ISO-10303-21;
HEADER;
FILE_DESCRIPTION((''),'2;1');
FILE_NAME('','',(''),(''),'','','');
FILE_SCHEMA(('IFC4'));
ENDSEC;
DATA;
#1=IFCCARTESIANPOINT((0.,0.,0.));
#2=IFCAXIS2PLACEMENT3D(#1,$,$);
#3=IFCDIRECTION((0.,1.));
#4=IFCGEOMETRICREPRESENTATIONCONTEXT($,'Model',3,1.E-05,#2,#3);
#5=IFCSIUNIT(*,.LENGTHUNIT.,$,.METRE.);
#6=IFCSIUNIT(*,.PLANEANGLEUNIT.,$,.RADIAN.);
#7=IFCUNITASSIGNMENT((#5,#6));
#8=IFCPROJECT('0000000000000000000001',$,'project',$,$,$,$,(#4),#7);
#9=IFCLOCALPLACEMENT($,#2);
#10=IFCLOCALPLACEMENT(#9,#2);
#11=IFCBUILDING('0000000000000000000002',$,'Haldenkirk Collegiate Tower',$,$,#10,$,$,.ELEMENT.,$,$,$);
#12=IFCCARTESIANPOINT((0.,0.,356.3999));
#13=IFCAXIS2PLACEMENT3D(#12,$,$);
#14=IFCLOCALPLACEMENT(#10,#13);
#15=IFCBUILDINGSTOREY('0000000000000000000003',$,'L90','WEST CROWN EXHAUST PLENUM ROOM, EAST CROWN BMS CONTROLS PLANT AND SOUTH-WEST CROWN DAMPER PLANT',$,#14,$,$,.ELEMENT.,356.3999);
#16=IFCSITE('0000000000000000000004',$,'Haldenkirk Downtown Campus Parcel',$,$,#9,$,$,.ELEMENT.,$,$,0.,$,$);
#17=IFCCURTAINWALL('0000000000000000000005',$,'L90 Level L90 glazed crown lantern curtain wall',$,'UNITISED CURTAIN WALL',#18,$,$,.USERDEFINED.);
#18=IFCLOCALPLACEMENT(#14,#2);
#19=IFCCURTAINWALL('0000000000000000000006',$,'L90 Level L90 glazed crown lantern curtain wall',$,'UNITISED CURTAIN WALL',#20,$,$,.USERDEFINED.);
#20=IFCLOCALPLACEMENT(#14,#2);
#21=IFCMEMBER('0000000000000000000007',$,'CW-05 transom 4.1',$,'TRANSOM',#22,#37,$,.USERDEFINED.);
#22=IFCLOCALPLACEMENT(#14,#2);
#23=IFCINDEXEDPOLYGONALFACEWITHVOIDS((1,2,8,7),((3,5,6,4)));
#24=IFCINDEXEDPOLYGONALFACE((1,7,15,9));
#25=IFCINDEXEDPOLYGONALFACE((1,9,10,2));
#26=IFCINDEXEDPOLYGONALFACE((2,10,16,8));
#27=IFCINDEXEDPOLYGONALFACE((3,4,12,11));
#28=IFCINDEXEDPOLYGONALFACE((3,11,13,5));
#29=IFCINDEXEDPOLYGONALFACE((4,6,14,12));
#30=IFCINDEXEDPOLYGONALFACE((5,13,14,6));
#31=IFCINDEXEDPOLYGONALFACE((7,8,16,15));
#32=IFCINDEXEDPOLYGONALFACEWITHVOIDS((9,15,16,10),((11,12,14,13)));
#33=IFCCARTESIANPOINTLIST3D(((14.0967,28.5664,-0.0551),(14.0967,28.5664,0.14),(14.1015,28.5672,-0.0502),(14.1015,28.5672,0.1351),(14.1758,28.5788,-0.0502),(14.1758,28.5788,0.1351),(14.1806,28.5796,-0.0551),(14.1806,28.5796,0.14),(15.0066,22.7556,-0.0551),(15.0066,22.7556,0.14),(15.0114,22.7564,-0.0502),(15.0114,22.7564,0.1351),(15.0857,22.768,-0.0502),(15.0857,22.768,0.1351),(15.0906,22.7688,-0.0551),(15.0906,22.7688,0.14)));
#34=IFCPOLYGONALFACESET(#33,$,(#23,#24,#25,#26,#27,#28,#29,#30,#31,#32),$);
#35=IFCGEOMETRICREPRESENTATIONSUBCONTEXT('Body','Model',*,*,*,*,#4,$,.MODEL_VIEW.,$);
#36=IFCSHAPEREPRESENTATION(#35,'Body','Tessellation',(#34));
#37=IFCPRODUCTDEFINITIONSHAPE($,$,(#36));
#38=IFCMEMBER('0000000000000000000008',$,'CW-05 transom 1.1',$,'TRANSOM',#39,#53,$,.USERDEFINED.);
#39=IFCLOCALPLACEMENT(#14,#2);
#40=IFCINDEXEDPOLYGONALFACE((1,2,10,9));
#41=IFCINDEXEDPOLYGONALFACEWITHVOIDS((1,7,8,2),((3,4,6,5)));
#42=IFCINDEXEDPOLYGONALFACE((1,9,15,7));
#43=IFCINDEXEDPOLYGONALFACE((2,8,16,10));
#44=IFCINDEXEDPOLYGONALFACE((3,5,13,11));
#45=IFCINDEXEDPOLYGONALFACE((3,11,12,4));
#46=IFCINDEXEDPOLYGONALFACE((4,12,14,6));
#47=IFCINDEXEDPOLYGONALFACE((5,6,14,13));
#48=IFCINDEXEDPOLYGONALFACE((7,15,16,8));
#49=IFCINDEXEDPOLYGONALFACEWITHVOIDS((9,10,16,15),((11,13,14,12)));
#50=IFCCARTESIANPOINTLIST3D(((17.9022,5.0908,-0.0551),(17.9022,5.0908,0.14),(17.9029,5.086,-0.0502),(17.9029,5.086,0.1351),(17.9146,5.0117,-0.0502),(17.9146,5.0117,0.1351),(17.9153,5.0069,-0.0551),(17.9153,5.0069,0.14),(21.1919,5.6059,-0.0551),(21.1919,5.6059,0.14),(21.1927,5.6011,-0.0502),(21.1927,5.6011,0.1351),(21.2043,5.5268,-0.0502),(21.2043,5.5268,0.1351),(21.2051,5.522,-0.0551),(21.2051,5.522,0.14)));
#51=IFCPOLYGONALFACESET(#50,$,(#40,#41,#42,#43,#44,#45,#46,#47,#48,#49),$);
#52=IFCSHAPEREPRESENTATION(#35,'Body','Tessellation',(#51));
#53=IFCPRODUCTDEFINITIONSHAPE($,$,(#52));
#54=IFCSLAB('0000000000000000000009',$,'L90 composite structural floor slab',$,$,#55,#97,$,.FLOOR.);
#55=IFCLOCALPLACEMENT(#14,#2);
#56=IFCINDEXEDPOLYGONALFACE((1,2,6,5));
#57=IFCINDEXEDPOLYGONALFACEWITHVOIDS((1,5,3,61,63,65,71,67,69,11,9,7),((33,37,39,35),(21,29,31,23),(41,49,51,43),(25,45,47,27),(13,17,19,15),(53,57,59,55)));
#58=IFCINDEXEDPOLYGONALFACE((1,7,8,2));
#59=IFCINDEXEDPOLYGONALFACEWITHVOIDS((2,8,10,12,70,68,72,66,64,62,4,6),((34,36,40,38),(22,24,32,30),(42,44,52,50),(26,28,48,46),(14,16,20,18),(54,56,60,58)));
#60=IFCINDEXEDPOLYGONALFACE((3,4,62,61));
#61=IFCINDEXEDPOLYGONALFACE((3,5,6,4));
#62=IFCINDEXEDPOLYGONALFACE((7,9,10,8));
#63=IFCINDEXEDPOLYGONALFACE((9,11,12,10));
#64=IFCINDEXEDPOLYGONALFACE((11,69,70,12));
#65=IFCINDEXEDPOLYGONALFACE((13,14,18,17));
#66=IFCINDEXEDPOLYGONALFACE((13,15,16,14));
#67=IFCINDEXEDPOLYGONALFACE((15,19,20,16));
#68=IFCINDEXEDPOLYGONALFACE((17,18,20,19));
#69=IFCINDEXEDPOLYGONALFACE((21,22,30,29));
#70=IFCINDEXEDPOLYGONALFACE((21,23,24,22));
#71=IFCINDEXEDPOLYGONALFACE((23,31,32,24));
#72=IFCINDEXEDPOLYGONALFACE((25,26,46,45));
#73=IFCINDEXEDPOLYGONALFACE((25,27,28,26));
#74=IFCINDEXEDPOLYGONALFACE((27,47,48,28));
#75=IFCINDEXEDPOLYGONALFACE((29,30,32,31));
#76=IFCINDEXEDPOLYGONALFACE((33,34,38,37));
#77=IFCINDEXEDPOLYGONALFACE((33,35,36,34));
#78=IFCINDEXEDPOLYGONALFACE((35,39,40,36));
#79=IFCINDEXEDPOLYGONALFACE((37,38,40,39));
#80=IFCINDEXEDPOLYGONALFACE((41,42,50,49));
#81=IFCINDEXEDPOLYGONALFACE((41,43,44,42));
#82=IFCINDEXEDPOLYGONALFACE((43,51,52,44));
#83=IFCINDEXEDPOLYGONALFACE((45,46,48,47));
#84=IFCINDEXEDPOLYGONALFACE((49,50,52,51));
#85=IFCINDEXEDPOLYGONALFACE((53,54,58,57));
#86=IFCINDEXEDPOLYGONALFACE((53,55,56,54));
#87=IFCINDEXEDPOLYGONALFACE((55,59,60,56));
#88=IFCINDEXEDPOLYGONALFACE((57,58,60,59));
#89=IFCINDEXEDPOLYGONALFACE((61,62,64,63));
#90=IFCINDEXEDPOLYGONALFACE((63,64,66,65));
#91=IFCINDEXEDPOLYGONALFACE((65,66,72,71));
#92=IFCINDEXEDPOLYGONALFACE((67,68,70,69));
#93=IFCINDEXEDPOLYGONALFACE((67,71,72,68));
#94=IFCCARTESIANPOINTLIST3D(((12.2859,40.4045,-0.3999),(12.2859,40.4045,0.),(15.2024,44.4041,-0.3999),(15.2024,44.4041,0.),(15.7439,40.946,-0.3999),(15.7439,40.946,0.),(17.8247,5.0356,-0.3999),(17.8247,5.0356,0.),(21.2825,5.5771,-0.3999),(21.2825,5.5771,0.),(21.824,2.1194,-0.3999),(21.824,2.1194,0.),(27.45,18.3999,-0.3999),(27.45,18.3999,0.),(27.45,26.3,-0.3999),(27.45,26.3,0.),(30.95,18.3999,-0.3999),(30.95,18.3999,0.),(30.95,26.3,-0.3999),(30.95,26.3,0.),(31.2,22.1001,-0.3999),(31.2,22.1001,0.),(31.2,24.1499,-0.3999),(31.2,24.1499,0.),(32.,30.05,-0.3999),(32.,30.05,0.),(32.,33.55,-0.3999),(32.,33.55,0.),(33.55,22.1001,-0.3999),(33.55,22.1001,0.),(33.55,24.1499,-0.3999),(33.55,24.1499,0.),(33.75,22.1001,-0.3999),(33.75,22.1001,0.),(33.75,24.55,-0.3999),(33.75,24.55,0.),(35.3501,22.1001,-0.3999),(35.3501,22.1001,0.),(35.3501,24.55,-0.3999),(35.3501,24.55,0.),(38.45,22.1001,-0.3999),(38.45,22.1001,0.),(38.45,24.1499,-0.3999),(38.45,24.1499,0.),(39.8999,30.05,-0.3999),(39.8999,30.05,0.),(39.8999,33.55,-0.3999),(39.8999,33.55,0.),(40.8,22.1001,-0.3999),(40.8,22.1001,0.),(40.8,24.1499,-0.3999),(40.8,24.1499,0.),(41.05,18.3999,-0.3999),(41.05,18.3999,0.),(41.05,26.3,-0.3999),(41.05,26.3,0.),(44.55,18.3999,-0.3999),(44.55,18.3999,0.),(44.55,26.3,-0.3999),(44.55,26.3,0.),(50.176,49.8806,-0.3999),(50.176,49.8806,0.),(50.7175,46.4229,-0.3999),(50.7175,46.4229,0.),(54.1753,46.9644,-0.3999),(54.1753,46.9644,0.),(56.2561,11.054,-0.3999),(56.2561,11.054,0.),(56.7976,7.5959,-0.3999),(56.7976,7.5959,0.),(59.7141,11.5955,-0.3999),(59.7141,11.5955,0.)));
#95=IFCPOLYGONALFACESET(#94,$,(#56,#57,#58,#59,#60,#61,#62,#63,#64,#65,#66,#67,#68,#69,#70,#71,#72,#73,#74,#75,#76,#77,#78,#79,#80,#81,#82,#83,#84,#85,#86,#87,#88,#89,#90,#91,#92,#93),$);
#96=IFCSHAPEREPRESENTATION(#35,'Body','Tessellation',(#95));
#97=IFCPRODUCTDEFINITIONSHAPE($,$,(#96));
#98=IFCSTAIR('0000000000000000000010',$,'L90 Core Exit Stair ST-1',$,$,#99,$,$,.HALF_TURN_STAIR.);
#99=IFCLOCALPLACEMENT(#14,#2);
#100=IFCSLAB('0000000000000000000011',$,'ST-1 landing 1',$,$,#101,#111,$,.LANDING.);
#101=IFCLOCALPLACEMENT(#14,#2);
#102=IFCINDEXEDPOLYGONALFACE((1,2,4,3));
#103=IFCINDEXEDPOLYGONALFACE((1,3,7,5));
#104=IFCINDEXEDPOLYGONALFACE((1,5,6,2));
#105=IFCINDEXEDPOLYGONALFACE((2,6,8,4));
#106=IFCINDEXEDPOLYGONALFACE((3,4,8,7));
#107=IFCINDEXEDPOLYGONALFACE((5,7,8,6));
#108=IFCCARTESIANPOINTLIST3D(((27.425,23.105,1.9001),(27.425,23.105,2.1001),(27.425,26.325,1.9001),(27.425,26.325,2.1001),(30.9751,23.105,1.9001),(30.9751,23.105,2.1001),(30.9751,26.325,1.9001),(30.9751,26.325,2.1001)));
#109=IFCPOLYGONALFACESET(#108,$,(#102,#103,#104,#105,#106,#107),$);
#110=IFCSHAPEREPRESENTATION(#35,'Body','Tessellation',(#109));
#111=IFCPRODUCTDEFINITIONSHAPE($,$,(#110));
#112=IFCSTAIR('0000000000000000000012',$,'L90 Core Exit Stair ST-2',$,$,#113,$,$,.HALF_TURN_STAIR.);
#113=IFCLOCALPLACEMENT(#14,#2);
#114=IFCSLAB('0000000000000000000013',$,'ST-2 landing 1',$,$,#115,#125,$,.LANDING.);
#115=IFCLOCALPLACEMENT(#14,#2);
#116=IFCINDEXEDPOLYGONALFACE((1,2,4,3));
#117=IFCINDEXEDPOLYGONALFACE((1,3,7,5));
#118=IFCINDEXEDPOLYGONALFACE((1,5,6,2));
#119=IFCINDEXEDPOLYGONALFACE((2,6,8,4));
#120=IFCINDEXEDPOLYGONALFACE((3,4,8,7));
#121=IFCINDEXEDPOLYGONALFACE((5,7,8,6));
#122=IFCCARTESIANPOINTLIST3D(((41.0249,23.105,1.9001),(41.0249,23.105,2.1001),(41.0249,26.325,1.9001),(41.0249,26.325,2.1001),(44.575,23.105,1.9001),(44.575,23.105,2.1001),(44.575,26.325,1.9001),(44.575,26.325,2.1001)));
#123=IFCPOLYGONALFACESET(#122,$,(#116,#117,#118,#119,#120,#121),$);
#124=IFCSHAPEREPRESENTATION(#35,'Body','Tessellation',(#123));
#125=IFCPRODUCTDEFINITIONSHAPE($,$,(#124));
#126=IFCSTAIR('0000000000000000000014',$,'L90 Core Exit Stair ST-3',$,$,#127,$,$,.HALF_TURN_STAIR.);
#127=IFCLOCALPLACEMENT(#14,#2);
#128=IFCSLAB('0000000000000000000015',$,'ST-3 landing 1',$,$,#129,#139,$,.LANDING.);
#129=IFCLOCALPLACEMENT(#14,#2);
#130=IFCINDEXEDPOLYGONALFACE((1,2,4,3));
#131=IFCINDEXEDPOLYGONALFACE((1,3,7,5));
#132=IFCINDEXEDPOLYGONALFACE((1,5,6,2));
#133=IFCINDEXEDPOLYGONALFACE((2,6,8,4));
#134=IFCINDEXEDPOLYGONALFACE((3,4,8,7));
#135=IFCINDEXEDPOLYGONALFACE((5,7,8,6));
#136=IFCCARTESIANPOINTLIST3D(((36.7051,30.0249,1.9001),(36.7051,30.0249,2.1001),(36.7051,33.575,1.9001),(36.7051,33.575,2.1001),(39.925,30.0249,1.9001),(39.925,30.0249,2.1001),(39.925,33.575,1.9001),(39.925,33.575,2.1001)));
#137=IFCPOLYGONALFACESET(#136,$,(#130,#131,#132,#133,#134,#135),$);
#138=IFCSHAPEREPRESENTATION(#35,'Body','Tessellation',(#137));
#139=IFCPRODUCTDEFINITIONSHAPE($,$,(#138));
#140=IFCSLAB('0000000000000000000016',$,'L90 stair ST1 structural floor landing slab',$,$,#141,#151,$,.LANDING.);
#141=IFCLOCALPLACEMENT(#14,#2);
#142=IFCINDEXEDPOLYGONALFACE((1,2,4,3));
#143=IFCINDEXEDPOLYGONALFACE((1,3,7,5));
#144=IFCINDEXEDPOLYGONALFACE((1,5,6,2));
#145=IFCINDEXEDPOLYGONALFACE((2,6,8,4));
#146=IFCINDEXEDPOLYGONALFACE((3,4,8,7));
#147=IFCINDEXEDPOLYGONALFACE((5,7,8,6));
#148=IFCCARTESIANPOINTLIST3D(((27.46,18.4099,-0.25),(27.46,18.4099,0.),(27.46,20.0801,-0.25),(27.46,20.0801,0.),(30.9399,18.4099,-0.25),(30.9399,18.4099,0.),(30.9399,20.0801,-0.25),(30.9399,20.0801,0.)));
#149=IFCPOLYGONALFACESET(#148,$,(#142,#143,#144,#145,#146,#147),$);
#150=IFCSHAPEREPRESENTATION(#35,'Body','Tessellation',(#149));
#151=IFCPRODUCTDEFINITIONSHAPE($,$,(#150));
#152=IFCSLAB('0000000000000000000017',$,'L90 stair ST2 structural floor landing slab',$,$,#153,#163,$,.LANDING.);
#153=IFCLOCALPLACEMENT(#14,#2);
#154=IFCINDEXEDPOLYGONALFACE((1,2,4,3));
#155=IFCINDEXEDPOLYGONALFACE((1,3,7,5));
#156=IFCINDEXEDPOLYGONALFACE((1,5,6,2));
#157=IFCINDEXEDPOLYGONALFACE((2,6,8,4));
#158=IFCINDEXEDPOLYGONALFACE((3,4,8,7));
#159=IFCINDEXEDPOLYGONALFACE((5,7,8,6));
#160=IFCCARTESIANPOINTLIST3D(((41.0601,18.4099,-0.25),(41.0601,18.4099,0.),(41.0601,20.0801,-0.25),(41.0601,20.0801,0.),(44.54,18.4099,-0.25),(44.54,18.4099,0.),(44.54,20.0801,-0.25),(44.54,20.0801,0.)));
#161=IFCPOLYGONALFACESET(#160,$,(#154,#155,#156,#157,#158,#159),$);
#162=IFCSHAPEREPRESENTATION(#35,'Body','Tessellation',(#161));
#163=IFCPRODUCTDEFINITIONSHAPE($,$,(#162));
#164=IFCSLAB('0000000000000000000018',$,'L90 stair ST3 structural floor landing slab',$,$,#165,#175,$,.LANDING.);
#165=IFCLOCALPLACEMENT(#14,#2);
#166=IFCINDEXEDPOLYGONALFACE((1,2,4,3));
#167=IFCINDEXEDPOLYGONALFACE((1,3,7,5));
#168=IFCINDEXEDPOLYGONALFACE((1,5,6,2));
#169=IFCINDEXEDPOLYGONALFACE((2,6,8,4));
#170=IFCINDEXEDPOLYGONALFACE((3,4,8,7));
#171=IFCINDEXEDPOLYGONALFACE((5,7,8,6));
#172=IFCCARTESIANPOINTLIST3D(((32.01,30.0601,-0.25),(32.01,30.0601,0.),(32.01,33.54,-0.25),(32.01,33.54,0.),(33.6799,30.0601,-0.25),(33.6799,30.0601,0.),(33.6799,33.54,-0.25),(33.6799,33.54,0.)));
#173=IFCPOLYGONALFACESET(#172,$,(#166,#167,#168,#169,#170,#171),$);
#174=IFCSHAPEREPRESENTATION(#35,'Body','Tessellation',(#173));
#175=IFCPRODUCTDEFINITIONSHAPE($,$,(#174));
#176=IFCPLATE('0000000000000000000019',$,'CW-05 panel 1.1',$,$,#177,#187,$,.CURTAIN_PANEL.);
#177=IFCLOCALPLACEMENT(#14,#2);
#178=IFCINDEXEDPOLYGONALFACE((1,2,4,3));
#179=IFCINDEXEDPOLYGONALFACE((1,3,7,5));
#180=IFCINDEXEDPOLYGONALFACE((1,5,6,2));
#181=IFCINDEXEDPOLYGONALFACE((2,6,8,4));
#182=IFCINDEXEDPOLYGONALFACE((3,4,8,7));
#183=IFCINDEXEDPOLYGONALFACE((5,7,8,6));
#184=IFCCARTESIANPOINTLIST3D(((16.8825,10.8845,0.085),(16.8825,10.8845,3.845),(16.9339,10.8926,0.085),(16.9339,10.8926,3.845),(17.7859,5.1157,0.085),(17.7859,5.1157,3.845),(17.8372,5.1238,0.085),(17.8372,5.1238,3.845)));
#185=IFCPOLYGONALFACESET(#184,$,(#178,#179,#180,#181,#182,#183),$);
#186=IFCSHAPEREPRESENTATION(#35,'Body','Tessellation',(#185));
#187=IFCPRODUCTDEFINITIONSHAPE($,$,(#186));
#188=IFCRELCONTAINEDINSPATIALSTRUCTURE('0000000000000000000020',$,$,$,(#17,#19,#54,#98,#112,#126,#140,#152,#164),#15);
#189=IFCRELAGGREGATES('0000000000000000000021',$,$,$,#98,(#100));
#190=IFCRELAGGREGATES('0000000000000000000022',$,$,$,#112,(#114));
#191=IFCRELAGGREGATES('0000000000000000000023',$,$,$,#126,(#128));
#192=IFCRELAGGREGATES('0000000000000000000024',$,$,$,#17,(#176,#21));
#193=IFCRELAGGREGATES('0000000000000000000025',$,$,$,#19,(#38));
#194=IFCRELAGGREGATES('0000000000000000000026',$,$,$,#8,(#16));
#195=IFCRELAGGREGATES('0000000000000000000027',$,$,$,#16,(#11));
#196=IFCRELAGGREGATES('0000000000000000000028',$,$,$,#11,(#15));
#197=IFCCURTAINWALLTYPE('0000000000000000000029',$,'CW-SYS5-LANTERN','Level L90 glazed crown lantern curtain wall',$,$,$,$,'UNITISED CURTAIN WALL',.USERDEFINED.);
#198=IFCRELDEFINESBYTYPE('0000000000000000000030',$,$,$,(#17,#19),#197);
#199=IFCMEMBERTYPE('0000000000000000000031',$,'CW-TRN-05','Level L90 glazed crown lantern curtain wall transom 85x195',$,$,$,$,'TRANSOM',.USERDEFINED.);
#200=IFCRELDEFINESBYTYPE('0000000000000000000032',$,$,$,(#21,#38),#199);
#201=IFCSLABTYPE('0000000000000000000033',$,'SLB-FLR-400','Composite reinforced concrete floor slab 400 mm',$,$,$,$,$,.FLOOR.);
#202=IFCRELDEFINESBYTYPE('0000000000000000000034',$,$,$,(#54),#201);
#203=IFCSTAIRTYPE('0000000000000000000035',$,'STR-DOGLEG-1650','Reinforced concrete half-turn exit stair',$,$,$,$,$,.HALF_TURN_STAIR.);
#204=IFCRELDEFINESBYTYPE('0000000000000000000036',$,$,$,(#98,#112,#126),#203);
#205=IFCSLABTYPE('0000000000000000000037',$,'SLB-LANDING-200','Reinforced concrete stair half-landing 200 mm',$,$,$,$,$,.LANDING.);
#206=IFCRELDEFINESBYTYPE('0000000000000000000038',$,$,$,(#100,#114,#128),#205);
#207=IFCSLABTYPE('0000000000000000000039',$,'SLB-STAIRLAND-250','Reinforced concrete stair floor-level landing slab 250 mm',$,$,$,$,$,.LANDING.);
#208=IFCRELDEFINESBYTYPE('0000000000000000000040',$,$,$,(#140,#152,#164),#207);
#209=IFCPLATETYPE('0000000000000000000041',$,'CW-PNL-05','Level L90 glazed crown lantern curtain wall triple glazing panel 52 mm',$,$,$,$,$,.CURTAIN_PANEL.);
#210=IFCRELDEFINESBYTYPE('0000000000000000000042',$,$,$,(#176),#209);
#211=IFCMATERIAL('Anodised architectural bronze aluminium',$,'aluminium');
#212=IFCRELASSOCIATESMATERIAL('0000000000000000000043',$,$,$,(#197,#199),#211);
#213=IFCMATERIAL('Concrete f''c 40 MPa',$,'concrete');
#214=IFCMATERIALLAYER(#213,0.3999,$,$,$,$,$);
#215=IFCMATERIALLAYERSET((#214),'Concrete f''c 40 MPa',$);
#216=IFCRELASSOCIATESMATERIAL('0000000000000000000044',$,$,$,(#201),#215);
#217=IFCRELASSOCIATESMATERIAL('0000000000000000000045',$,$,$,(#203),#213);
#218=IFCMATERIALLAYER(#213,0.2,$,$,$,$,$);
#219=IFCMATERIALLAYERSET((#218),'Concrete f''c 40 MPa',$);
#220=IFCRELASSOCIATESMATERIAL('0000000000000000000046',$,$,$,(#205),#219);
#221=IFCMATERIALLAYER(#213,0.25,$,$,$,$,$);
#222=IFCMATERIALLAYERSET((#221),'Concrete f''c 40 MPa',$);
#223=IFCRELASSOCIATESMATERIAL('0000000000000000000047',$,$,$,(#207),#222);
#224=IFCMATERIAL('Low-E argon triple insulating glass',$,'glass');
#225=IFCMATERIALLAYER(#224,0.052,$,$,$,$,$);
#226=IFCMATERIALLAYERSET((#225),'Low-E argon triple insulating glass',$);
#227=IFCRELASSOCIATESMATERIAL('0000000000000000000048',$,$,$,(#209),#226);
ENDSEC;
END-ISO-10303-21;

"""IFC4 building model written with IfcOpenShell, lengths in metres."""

from ifc_helpers import new_model, si_unit, direction, frame, origin, origin_2d, place, context, subcontext, project, spatial, polyline, rectangle, hollow_rectangle, outline, extrude, source, transform, mapped, material, layer, layer_set, material_profile, profile_set, type_object, element, aggregate, save


model = new_model("IFC4")

# Units and contexts
model_context = context("Model", 3, precision=1e-05, world=origin(), true_north=direction((0.0, 1.0)))
body_context = subcontext(model_context, "Body", "Model", "MODEL_VIEW")
ifc_project = project(units=[si_unit("LENGTHUNIT", "METRE"), si_unit("PLANEANGLEUNIT", "RADIAN")], contexts=[model_context])

# Site, building, storey
site_placement = place(None, origin())
site = spatial("IfcSite", under=ifc_project, at=site_placement, Name="Haldenkirk Downtown Campus Parcel", CompositionType="ELEMENT", RefElevation=0.0)
building_placement = place(site_placement, origin())
building = spatial("IfcBuilding", under=site, at=building_placement, Name="Haldenkirk Collegiate Tower", CompositionType="ELEMENT")
storey_placement = place(building_placement, frame((0.0, 0.0, 356.3999)))
storey = spatial("IfcBuildingStorey", under=building, at=storey_placement, Name="L90", Description="WEST CROWN EXHAUST PLENUM ROOM, EAST CROWN BMS CONTROLS PLANT AND SOUTH-WEST CROWN DAMPER PLANT", CompositionType="ELEMENT", Elevation=356.3999)

# Curtain wall
ifc_material_1 = material(Name="Anodised architectural bronze aluminium", Category="aluminium")
curtain_wall_type = type_object("IfcCurtainWallType", Name="CW-SYS5-LANTERN", Description="Level L90 glazed crown lantern curtain wall", ElementType="UNITISED CURTAIN WALL", PredefinedType="USERDEFINED", material=ifc_material_1)
curtain_wall_1_placement = place(storey_placement, origin())
curtain_wall_1 = element("IfcCurtainWall", 1, at=curtain_wall_1_placement, inside=storey, type_object=curtain_wall_type, Name="L90 Level L90 glazed crown lantern curtain wall", ObjectType="UNITISED CURTAIN WALL", PredefinedType="USERDEFINED")

# Curtain wall
curtain_wall_2_placement = place(storey_placement, origin())
curtain_wall_2 = element("IfcCurtainWall", 2, at=curtain_wall_2_placement, inside=storey, type_object=curtain_wall_type, Name="L90 Level L90 glazed crown lantern curtain wall", ObjectType="UNITISED CURTAIN WALL", PredefinedType="USERDEFINED")

# Members
ifc_material_profile_1 = material_profile(ifc_material_1, hollow_rectangle(XDim=0.085, YDim=0.1951, WallThickness=0.0049, at=origin_2d()), Name="CW-TRN-05")
ifc_profile_set_1 = profile_set([ifc_material_profile_1], Name="Anodised architectural bronze aluminium")
member_type_1 = type_object("IfcMemberType", Name="CW-TRN-05", Description="Level L90 glazed crown lantern curtain wall transom 85x195", ElementType="TRANSOM", PredefinedType="USERDEFINED", material=ifc_profile_set_1)
member_1_placement = place(storey_placement, frame((15.0486, 22.7622, 0.0425), z_axis=(-0.154705, 0.987961, 0.0), x_axis=(-0.987961, -0.154705, 0.0)))
member_1 = element("IfcMember", 3, at=member_1_placement, type_object=member_type_1, Name="CW-05 transom 4.1", ObjectType="TRANSOM", PredefinedType="USERDEFINED", context=body_context, shape_type="SweptSolid", body=[
    extrude(hollow_rectangle(XDim=0.085, YDim=0.1951, WallThickness=0.0049, at=origin_2d()), origin(), (0.0, 0.0, 1.0), 5.8816),
])
member_2_placement = place(storey_placement, frame((21.1985, 5.564, 0.0425), z_axis=(-0.987961, -0.154701, 0.0), x_axis=(0.154701, -0.987961, 0.0)))
member_2 = element("IfcMember", 4, at=member_2_placement, type_object=member_type_1, Name="CW-05 transom 1.1", ObjectType="TRANSOM", PredefinedType="USERDEFINED", context=body_context, shape_type="SweptSolid", body=[
    extrude(hollow_rectangle(XDim=0.085, YDim=0.1951, WallThickness=0.0049, at=origin_2d()), origin(), (0.0, 0.0, 1.0), 3.3298),
])

# Slab
ifc_material_2 = material(Name="Concrete f'c 40 MPa", Category="concrete")
ifc_layer_1 = layer(ifc_material_2, 0.3999)
ifc_layer_set_1 = layer_set([ifc_layer_1], Name="Concrete f'c 40 MPa")
slab_type_1 = type_object("IfcSlabType", Name="SLB-FLR-400", Description="Composite reinforced concrete floor slab 400 mm", PredefinedType="FLOOR", material=ifc_layer_set_1)
slab_1_placement = place(storey_placement, frame((0.0, 0.0, -0.3999)))
element("IfcSlab", 5, at=slab_1_placement, inside=storey, type_object=slab_type_1, Name="L90 composite structural floor slab", PredefinedType="FLOOR", context=body_context, shape_type="SweptSolid", body=[
    extrude(outline(polyline([(59.7141, 11.5955), (54.1753, 46.9644), (50.7175, 46.4229), (50.176, 49.8806), (15.2024, 44.4041), (15.7439, 40.946), (12.2859, 40.4045), (17.8247, 5.0356), (21.2825, 5.5771), (21.824, 2.1194), (56.7976, 7.5959), (56.2561, 11.054), (59.7141, 11.5955)]), holes=[polyline([(27.45, 18.3999), (30.95, 18.3999), (30.95, 26.3), (27.45, 26.3), (27.45, 18.3999)]), polyline([(41.05, 18.3999), (44.55, 18.3999), (44.55, 26.3), (41.05, 26.3), (41.05, 18.3999)]), polyline([(32.0, 30.05), (39.8999, 30.05), (39.8999, 33.55), (32.0, 33.55), (32.0, 30.05)]), polyline([(33.75, 22.1001), (35.3501, 22.1001), (35.3501, 24.55), (33.75, 24.55), (33.75, 22.1001)]), polyline([(31.2, 22.1001), (33.55, 22.1001), (33.55, 24.1499), (31.2, 24.1499), (31.2, 22.1001)]), polyline([(38.45, 22.1001), (40.8, 22.1001), (40.8, 24.1499), (38.45, 24.1499), (38.45, 22.1001)])]), origin(), (0.0, 0.0, 1.0), 0.3999),
])

# Stairs, slabs
stair_type = type_object("IfcStairType", Name="STR-DOGLEG-1650", Description="Reinforced concrete half-turn exit stair", PredefinedType="HALF_TURN_STAIR", material=ifc_material_2)
stair_1_placement = place(storey_placement, origin())
stair_1 = element("IfcStair", 6, at=stair_1_placement, inside=storey, type_object=stair_type, Name="L90 Core Exit Stair ST-1", PredefinedType="HALF_TURN_STAIR")
ifc_layer_2 = layer(ifc_material_2, 0.2)
ifc_layer_set_2 = layer_set([ifc_layer_2], Name="Concrete f'c 40 MPa")
slab_type_2 = type_object("IfcSlabType", Name="SLB-LANDING-200", Description="Reinforced concrete stair half-landing 200 mm", PredefinedType="LANDING", material=ifc_layer_set_2)
slab_2_placement = place(storey_placement, frame((0.0, 0.0, 1.9001)))
slab_2 = element("IfcSlab", 7, at=slab_2_placement, type_object=slab_type_2, Name="ST-1 landing 1", PredefinedType="LANDING", context=body_context, shape_type="SweptSolid", body=[
    extrude(outline(polyline([(30.9751, 23.105), (27.425, 23.105), (27.425, 26.325), (30.9751, 26.325), (30.9751, 23.105)])), origin(), (0.0, 0.0, 1.0), 0.2),
])
aggregate(stair_1, [slab_2])
stair_2_placement = place(storey_placement, origin())
stair_2 = element("IfcStair", 8, at=stair_2_placement, inside=storey, type_object=stair_type, Name="L90 Core Exit Stair ST-2", PredefinedType="HALF_TURN_STAIR")
slab_3_placement = place(storey_placement, frame((0.0, 0.0, 1.9001)))
slab_3 = element("IfcSlab", 9, at=slab_3_placement, type_object=slab_type_2, Name="ST-2 landing 1", PredefinedType="LANDING", context=body_context, shape_type="SweptSolid", body=[
    extrude(outline(polyline([(44.575, 23.105), (41.0249, 23.105), (41.0249, 26.325), (44.575, 26.325), (44.575, 23.105)])), origin(), (0.0, 0.0, 1.0), 0.2),
])
aggregate(stair_2, [slab_3])
stair_3_placement = place(storey_placement, origin())
stair_3 = element("IfcStair", 10, at=stair_3_placement, inside=storey, type_object=stair_type, Name="L90 Core Exit Stair ST-3", PredefinedType="HALF_TURN_STAIR")
slab_4_placement = place(storey_placement, frame((0.0, 0.0, 1.9001)))
slab_4 = element("IfcSlab", 11, at=slab_4_placement, type_object=slab_type_2, Name="ST-3 landing 1", PredefinedType="LANDING", context=body_context, shape_type="SweptSolid", body=[
    extrude(outline(polyline([(36.7051, 30.0249), (36.7051, 33.575), (39.925, 33.575), (39.925, 30.0249), (36.7051, 30.0249)])), origin(), (0.0, 0.0, 1.0), 0.2),
])
aggregate(stair_3, [slab_4])

# Slabs
ifc_layer_3 = layer(ifc_material_2, 0.25)
ifc_layer_set_3 = layer_set([ifc_layer_3], Name="Concrete f'c 40 MPa")
slab_type_3 = type_object("IfcSlabType", Name="SLB-STAIRLAND-250", Description="Reinforced concrete stair floor-level landing slab 250 mm", PredefinedType="LANDING", material=ifc_layer_set_3)
slab_5_placement = place(storey_placement, frame((0.0, 0.0, -0.25)))
element("IfcSlab", 12, at=slab_5_placement, inside=storey, type_object=slab_type_3, Name="L90 stair ST1 structural floor landing slab", PredefinedType="LANDING", context=body_context, shape_type="SweptSolid", body=[
    extrude(outline(polyline([(27.46, 18.4099), (30.9399, 18.4099), (30.9399, 20.0801), (27.46, 20.0801), (27.46, 18.4099)])), origin(), (0.0, 0.0, 1.0), 0.25),
])
slab_6_placement = place(storey_placement, frame((0.0, 0.0, -0.25)))
element("IfcSlab", 13, at=slab_6_placement, inside=storey, type_object=slab_type_3, Name="L90 stair ST2 structural floor landing slab", PredefinedType="LANDING", context=body_context, shape_type="SweptSolid", body=[
    extrude(outline(polyline([(41.0601, 18.4099), (44.54, 18.4099), (44.54, 20.0801), (41.0601, 20.0801), (41.0601, 18.4099)])), origin(), (0.0, 0.0, 1.0), 0.25),
])
slab_7_placement = place(storey_placement, frame((0.0, 0.0, -0.25)))
element("IfcSlab", 14, at=slab_7_placement, inside=storey, type_object=slab_type_3, Name="L90 stair ST3 structural floor landing slab", PredefinedType="LANDING", context=body_context, shape_type="SweptSolid", body=[
    extrude(outline(polyline([(32.01, 30.0601), (33.6799, 30.0601), (33.6799, 33.54), (32.01, 33.54), (32.01, 30.0601)])), origin(), (0.0, 0.0, 1.0), 0.25),
])

# Plate
ifc_material_3 = material(Name="Low-E argon triple insulating glass", Category="glass")
ifc_layer_4 = layer(ifc_material_3, 0.052)
ifc_layer_set_4 = layer_set([ifc_layer_4], Name="Low-E argon triple insulating glass")
plate_type = type_object("IfcPlateType", Name="CW-PNL-05", Description="Level L90 glazed crown lantern curtain wall triple glazing panel 52 mm", PredefinedType="CURTAIN_PANEL", material=ifc_layer_set_4)
shared_shape_1 = source(origin(), body_context, "Body", "SweptSolid", [
    extrude(rectangle(XDim=5.8391, YDim=0.052, at=origin_2d()), origin(), (0.0, 0.0, 1.0), 3.76),
])
plate_1_placement = place(storey_placement, frame((17.3599, 8.0042, 0.085), z_axis=(0.0, 0.0, 1.0), x_axis=(-0.154713, 0.98796, 0.0)))
plate_1 = element("IfcPlate", 15, at=plate_1_placement, type_object=plate_type, Name="CW-05 panel 1.1", PredefinedType="CURTAIN_PANEL", context=body_context, shape_type="MappedRepresentation", body=[
    mapped(shared_shape_1, transform((0.0, 0.0, 0.0), x_axis=(1.0, 0.0, 0.0), y_axis=(0.0, 1.0, 0.0), z_axis=(0.0, 0.0, 1.0), scale=1.0)),
])
aggregate(curtain_wall_1, [plate_1, member_1])
aggregate(curtain_wall_2, [member_2])

save(model, "model.ifc")
